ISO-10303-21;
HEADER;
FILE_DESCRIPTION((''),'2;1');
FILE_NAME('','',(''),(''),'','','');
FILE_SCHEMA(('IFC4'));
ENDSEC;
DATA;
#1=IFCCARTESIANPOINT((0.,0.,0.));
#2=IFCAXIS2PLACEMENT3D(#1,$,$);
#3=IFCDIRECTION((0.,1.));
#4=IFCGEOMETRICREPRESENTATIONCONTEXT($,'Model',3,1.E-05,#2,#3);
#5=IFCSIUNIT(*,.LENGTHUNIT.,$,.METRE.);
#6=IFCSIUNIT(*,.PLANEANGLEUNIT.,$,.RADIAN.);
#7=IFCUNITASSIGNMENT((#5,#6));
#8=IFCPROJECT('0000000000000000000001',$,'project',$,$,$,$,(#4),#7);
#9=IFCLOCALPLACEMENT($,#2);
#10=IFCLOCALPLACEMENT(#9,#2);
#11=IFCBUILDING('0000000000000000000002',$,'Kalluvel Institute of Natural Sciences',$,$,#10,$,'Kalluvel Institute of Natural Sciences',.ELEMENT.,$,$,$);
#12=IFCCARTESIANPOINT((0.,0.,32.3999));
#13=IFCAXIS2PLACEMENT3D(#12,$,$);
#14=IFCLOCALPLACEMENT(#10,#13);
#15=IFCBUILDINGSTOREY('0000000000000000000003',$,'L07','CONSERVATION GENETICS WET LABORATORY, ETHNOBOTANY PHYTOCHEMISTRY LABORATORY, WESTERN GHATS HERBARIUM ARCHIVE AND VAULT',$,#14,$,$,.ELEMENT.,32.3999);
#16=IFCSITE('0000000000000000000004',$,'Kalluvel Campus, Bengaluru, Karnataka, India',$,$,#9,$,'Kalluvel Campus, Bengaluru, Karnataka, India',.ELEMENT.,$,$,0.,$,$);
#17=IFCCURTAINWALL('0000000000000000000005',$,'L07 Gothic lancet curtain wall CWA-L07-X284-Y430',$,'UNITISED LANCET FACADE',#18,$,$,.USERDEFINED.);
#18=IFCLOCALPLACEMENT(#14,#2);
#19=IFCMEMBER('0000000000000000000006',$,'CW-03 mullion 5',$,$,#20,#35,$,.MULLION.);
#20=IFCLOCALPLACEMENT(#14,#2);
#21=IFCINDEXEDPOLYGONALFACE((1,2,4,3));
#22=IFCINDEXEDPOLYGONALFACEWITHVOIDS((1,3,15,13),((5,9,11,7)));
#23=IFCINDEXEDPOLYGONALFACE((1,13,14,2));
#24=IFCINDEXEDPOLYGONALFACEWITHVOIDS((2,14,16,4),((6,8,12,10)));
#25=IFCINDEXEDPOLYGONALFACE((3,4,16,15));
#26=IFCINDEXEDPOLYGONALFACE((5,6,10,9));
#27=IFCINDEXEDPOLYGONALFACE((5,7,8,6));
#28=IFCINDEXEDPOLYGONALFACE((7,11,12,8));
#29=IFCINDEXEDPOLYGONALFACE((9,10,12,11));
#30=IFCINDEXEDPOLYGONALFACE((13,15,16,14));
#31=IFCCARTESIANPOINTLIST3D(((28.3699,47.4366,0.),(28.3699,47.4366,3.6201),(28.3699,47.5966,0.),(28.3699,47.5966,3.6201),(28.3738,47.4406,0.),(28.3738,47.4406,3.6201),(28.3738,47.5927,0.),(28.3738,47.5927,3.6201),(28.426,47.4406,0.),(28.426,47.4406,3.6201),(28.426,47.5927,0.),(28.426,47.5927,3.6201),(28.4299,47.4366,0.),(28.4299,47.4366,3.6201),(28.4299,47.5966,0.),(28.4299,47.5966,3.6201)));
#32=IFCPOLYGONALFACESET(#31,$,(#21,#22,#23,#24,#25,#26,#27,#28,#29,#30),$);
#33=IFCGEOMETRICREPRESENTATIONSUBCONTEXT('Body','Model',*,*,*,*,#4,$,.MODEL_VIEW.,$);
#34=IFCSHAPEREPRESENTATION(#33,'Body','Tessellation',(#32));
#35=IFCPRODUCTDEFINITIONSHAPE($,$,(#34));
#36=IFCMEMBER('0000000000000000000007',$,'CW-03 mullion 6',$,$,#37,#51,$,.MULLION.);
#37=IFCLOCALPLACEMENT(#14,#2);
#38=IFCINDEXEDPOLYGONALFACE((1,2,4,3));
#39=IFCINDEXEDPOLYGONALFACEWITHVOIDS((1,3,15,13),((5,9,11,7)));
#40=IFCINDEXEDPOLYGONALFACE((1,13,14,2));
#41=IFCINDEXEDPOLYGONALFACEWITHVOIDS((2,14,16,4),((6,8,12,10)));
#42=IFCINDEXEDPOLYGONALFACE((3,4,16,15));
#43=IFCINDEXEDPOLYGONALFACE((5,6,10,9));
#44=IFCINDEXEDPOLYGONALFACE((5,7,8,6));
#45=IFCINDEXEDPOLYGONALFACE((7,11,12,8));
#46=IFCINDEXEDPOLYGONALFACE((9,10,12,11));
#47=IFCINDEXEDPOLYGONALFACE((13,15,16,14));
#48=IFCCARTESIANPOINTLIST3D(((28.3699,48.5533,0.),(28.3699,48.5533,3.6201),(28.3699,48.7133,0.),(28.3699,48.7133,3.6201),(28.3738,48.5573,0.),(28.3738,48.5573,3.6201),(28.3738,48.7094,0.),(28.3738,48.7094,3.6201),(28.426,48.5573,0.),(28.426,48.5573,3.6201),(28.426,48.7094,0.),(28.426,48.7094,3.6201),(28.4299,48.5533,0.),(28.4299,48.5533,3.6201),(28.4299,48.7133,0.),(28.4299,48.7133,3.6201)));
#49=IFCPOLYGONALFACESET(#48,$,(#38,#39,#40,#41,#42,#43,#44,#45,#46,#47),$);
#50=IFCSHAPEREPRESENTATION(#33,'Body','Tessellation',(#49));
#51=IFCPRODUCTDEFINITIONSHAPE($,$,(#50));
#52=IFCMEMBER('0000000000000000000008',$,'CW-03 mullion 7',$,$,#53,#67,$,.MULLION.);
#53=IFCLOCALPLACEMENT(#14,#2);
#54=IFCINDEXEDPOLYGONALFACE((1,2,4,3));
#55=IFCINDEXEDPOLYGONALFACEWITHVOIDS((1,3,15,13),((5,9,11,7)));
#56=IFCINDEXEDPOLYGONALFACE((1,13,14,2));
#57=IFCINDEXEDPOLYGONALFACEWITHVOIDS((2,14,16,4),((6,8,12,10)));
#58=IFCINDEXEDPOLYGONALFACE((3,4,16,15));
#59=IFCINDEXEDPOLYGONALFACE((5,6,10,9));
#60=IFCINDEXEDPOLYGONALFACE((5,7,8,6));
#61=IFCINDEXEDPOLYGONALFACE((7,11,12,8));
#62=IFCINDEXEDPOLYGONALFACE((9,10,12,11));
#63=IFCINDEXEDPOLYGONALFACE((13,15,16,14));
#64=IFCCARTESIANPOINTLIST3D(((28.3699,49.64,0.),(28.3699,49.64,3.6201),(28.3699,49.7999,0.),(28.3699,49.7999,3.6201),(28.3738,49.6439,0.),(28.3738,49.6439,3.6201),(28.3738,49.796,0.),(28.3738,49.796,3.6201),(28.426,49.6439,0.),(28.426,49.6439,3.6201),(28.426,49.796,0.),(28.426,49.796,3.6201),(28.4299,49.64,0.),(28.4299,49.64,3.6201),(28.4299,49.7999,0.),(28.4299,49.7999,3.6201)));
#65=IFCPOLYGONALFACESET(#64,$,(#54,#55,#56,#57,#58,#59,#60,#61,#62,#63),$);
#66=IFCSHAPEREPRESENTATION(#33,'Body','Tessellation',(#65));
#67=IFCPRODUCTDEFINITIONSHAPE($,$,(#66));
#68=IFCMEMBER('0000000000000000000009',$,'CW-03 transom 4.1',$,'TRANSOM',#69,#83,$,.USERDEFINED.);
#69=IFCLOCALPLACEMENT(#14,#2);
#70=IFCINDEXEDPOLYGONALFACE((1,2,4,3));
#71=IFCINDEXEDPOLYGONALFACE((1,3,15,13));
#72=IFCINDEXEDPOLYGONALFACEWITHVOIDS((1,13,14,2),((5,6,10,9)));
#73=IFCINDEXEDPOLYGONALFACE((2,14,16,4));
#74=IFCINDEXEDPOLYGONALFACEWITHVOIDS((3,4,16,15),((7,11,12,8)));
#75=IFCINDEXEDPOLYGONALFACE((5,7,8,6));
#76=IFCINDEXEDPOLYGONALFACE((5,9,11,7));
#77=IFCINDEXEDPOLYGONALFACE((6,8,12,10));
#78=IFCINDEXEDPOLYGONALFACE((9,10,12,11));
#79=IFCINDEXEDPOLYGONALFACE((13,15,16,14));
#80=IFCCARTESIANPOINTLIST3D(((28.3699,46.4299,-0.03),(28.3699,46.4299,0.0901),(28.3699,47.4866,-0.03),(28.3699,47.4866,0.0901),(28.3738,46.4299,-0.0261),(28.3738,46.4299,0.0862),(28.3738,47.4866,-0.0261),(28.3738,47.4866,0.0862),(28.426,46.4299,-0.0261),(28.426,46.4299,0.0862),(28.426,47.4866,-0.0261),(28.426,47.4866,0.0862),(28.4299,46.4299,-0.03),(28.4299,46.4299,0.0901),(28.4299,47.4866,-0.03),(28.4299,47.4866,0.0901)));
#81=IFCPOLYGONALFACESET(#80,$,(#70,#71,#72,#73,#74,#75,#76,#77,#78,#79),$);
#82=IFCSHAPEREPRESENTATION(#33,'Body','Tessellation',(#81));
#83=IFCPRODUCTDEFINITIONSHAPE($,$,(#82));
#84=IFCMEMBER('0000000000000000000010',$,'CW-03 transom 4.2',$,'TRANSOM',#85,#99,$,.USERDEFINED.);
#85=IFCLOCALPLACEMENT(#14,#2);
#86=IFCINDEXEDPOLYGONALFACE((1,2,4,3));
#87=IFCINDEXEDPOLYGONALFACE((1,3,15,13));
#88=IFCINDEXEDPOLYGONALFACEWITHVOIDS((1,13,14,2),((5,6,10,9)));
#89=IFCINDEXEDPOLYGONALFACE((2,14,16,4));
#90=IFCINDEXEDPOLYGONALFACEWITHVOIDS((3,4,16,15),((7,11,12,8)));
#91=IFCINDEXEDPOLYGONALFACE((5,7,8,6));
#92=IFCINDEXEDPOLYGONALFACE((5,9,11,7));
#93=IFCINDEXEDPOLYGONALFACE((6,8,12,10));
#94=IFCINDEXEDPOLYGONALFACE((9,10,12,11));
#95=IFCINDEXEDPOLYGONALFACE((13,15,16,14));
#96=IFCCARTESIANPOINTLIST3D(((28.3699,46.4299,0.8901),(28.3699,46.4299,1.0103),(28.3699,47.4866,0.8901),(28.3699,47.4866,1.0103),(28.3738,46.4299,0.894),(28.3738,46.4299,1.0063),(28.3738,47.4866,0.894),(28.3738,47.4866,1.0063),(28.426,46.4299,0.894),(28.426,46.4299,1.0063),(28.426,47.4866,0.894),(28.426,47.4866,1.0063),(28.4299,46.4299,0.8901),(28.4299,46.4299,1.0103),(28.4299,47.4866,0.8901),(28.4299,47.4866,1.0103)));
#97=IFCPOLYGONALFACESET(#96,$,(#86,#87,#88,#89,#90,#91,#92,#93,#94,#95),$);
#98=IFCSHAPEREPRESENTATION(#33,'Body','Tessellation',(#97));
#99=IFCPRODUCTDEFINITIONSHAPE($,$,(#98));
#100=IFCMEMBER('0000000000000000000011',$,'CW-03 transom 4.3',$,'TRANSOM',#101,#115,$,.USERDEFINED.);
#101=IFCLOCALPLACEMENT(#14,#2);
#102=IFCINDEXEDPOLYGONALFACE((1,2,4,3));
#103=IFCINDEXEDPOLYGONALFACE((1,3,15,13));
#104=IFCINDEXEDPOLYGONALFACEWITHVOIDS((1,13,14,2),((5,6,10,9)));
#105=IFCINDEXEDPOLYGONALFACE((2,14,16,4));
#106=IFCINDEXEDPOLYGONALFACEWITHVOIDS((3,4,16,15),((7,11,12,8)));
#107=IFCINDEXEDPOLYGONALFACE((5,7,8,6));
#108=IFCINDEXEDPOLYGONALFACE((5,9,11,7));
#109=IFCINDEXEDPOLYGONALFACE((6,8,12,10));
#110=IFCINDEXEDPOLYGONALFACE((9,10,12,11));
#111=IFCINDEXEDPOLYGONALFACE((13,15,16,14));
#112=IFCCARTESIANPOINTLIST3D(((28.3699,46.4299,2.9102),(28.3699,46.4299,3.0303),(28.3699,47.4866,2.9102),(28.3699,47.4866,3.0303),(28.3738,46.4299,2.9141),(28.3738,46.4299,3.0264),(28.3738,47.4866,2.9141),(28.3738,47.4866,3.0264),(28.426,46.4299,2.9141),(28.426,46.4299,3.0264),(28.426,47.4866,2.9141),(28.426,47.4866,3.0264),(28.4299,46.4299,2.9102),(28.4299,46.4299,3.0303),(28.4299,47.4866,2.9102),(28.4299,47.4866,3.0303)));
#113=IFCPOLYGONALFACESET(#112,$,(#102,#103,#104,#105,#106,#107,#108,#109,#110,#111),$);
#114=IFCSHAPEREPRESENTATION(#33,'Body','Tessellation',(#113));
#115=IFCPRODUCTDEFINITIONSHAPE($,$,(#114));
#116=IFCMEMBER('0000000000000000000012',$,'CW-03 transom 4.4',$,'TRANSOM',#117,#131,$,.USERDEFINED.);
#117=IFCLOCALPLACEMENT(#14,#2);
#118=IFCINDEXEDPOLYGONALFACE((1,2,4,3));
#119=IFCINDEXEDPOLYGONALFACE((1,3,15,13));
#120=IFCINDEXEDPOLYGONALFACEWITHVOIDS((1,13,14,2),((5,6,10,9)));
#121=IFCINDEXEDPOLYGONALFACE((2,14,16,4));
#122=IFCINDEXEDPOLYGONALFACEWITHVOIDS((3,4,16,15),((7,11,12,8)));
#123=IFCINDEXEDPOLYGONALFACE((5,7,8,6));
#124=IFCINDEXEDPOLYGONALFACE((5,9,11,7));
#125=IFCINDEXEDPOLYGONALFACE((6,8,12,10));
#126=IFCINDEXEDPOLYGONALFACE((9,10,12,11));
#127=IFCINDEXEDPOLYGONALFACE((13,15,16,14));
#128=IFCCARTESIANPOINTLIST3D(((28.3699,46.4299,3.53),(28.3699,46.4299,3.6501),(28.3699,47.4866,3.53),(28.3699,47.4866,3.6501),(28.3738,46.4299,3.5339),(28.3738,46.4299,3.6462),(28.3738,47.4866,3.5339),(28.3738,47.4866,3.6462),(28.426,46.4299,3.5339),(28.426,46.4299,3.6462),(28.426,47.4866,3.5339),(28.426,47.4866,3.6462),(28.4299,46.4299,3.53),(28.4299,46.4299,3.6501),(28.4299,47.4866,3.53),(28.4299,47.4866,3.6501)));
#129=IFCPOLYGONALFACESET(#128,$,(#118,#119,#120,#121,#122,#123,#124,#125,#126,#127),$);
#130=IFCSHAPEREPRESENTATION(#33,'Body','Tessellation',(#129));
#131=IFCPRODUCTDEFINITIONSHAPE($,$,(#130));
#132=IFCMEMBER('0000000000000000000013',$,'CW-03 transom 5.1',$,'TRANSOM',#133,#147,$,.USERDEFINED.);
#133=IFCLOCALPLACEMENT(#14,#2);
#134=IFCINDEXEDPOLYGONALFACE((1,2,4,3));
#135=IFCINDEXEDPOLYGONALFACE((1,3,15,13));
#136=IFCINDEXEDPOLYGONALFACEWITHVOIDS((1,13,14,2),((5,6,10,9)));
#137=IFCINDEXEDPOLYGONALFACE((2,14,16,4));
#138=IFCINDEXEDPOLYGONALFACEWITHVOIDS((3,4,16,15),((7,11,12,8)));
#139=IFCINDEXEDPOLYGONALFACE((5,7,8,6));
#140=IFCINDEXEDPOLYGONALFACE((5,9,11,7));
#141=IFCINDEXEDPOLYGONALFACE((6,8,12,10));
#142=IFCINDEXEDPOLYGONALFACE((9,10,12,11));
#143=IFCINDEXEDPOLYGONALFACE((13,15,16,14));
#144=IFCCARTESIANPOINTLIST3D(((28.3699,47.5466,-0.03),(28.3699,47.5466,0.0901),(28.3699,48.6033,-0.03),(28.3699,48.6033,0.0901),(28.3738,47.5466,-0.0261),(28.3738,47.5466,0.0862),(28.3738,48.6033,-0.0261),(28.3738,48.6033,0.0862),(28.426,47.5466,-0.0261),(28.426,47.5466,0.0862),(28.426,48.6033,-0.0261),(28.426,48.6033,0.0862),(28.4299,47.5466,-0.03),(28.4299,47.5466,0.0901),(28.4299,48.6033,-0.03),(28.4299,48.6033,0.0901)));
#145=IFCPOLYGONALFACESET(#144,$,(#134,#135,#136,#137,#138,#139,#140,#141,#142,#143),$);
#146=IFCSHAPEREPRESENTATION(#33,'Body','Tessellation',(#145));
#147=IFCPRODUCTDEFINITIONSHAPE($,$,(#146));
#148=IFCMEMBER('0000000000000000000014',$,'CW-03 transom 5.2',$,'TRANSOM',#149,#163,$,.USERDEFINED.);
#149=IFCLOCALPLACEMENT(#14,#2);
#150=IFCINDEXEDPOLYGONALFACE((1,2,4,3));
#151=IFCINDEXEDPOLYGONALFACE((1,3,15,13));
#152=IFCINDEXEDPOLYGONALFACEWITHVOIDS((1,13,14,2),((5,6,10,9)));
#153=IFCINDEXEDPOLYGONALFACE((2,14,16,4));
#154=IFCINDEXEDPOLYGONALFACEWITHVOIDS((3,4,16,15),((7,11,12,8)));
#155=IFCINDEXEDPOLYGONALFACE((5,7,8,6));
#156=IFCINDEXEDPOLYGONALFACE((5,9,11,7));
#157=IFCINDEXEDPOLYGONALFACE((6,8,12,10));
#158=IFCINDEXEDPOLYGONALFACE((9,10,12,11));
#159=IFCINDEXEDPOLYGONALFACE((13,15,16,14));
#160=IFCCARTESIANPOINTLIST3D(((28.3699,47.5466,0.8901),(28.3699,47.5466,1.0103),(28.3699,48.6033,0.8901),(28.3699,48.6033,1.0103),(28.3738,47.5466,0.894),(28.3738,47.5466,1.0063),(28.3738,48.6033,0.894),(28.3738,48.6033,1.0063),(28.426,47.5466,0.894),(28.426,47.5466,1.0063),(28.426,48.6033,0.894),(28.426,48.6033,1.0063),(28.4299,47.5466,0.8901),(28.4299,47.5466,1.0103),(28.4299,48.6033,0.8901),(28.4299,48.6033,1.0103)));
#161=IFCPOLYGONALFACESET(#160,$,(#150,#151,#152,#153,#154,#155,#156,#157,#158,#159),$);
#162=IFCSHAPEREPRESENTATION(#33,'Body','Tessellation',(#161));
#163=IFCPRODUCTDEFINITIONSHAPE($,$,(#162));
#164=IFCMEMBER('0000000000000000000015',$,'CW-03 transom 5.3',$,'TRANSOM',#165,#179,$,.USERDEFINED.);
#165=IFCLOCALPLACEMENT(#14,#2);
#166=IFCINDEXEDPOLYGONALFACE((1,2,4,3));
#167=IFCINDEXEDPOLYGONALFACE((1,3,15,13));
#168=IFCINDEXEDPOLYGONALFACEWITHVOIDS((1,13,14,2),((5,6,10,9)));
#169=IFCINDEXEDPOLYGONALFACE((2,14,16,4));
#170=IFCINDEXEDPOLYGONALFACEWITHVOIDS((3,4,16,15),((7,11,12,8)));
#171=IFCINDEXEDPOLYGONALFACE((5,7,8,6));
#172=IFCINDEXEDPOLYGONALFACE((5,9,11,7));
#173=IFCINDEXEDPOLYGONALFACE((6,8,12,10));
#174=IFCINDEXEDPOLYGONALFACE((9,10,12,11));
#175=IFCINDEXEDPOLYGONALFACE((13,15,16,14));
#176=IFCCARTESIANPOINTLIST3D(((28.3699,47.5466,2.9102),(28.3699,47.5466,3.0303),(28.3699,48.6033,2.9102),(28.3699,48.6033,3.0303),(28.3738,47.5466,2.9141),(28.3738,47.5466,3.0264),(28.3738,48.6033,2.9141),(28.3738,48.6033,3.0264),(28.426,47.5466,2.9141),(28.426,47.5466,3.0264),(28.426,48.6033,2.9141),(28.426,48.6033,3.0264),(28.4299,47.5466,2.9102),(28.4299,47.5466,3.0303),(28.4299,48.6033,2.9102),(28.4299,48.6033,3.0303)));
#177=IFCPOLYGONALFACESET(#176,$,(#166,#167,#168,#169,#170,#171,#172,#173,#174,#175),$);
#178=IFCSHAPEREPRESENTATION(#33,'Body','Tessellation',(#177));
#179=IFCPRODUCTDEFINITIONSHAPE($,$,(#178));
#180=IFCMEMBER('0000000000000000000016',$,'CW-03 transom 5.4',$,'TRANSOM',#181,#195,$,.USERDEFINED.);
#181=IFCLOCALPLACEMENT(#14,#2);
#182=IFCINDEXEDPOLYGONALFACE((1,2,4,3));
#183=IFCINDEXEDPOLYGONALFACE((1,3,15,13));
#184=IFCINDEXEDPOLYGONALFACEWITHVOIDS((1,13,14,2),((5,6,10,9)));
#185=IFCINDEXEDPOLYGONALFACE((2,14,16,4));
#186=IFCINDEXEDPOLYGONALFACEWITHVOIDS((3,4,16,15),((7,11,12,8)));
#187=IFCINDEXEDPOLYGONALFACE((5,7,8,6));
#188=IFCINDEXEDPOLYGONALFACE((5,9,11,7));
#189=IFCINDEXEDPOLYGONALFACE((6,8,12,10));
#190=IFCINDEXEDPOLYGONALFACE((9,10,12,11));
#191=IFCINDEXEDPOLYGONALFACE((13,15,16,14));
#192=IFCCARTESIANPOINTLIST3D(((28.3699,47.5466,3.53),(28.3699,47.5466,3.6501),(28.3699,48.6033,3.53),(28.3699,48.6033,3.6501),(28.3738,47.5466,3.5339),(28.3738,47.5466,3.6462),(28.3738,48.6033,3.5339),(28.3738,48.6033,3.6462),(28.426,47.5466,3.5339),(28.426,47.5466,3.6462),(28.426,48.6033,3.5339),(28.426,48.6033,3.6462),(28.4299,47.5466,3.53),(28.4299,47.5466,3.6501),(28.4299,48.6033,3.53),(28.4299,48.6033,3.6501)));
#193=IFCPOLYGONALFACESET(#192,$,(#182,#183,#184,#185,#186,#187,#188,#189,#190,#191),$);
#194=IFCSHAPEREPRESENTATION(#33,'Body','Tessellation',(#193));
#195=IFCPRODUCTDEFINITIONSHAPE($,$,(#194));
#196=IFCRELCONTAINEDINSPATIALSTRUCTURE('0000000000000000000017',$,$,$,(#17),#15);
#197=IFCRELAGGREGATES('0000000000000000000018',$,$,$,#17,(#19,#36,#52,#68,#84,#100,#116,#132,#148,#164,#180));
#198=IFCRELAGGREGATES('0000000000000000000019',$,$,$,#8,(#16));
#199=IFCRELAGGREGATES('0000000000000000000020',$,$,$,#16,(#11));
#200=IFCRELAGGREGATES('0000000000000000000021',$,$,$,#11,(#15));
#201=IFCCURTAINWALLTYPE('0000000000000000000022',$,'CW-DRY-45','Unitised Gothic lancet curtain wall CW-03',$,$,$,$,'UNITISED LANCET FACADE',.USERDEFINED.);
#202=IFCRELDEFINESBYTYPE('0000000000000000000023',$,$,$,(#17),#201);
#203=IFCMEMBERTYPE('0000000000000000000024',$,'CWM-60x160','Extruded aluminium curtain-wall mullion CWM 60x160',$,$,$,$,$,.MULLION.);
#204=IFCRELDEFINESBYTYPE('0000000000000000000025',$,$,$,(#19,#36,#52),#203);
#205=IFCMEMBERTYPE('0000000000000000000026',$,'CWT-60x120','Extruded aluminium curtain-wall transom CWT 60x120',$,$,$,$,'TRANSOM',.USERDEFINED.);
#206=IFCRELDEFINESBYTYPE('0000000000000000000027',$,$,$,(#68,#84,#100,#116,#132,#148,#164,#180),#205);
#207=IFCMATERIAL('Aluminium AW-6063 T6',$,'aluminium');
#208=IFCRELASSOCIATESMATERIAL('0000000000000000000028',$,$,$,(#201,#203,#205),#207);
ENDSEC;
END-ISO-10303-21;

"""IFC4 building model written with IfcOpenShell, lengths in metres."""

from ifc_helpers import new_model, si_unit, direction, frame, origin, origin_2d, place, context, subcontext, project, spatial, hollow_rectangle, extrude, material, material_profile, profile_set, type_object, element, aggregate, save


model = new_model("IFC4")

# Units and contexts
model_context = context("Model", 3, precision=1e-05, world=origin(), true_north=direction((0.0, 1.0)))
body_context = subcontext(model_context, "Body", "Model", "MODEL_VIEW")
ifc_project = project(units=[si_unit("LENGTHUNIT", "METRE"), si_unit("PLANEANGLEUNIT", "RADIAN")], contexts=[model_context])

# Site, building, storey
site_placement = place(None, origin())
site = spatial("IfcSite", under=ifc_project, at=site_placement, Name="Kalluvel Campus, Bengaluru, Karnataka, India", LongName="Kalluvel Campus, Bengaluru, Karnataka, India", CompositionType="ELEMENT", RefElevation=0.0)
building_placement = place(site_placement, origin())
building = spatial("IfcBuilding", under=site, at=building_placement, Name="Kalluvel Institute of Natural Sciences", LongName="Kalluvel Institute of Natural Sciences", CompositionType="ELEMENT")
storey_placement = place(building_placement, frame((0.0, 0.0, 32.3999)))
storey = spatial("IfcBuildingStorey", under=building, at=storey_placement, Name="L07", Description="CONSERVATION GENETICS WET LABORATORY, ETHNOBOTANY PHYTOCHEMISTRY LABORATORY, WESTERN GHATS HERBARIUM ARCHIVE AND VAULT", CompositionType="ELEMENT", Elevation=32.3999)

# Curtain wall, members
ifc_material_1 = material(Name="Aluminium AW-6063 T6", Category="aluminium")
curtain_wall_type = type_object("IfcCurtainWallType", Name="CW-DRY-45", Description="Unitised Gothic lancet curtain wall CW-03", ElementType="UNITISED LANCET FACADE", PredefinedType="USERDEFINED", material=ifc_material_1)
curtain_wall_placement = place(storey_placement, origin())
curtain_wall = element("IfcCurtainWall", 1, at=curtain_wall_placement, inside=storey, type_object=curtain_wall_type, Name="L07 Gothic lancet curtain wall CWA-L07-X284-Y430", ObjectType="UNITISED LANCET FACADE", PredefinedType="USERDEFINED")
ifc_material_profile_1 = material_profile(ifc_material_1, hollow_rectangle(XDim=0.0601, YDim=0.1599, WallThickness=0.0039, at=origin_2d()), Name="CWM 60x160")
ifc_profile_set_1 = profile_set([ifc_material_profile_1], Name="Aluminium AW-6063 T6")
member_type_1 = type_object("IfcMemberType", Name="CWM-60x160", Description="Extruded aluminium curtain-wall mullion CWM 60x160", PredefinedType="MULLION", material=ifc_profile_set_1)
member_1_placement = place(storey_placement, frame((28.3999, 47.5166, 0.0), z_axis=(0.0, 0.0, 1.0), x_axis=(-1.0, 0.0, 0.0)))
member_1 = element("IfcMember", 2, at=member_1_placement, type_object=member_type_1, Name="CW-03 mullion 5", PredefinedType="MULLION", context=body_context, shape_type="SweptSolid", body=[
    extrude(hollow_rectangle(XDim=0.0601, YDim=0.1599, WallThickness=0.0039, at=origin_2d()), origin(), (0.0, 0.0, 1.0), 3.6201),
])
member_2_placement = place(storey_placement, frame((28.3999, 48.6333, 0.0), z_axis=(0.0, 0.0, 1.0), x_axis=(-1.0, 0.0, 0.0)))
member_2 = element("IfcMember", 3, at=member_2_placement, type_object=member_type_1, Name="CW-03 mullion 6", PredefinedType="MULLION", context=body_context, shape_type="SweptSolid", body=[
    extrude(hollow_rectangle(XDim=0.0601, YDim=0.1599, WallThickness=0.0039, at=origin_2d()), origin(), (0.0, 0.0, 1.0), 3.6201),
])
member_3_placement = place(storey_placement, frame((28.3999, 49.72, 0.0), z_axis=(0.0, 0.0, 1.0), x_axis=(-1.0, 0.0, 0.0)))
member_3 = element("IfcMember", 4, at=member_3_placement, type_object=member_type_1, Name="CW-03 mullion 7", PredefinedType="MULLION", context=body_context, shape_type="SweptSolid", body=[
    extrude(hollow_rectangle(XDim=0.0601, YDim=0.1599, WallThickness=0.0039, at=origin_2d()), origin(), (0.0, 0.0, 1.0), 3.6201),
])
ifc_material_profile_2 = material_profile(ifc_material_1, hollow_rectangle(XDim=0.0601, YDim=0.1201, WallThickness=0.0039, at=origin_2d()), Name="CWT 60x120")
ifc_profile_set_2 = profile_set([ifc_material_profile_2], Name="Aluminium AW-6063 T6")
member_type_2 = type_object("IfcMemberType", Name="CWT-60x120", Description="Extruded aluminium curtain-wall transom CWT 60x120", ElementType="TRANSOM", PredefinedType="USERDEFINED", material=ifc_profile_set_2)
member_4_placement = place(storey_placement, frame((28.3999, 46.4299, 0.03), z_axis=(0.0, 1.0, 0.0), x_axis=(-1.0, 0.0, 0.0)))
member_4 = element("IfcMember", 5, at=member_4_placement, type_object=member_type_2, Name="CW-03 transom 4.1", ObjectType="TRANSOM", PredefinedType="USERDEFINED", context=body_context, shape_type="SweptSolid", body=[
    extrude(hollow_rectangle(XDim=0.0601, YDim=0.1201, WallThickness=0.0039, at=origin_2d()), origin(), (0.0, 0.0, 1.0), 1.0566),
])
member_5_placement = place(storey_placement, frame((28.3999, 46.4299, 0.9502), z_axis=(0.0, 1.0, 0.0), x_axis=(-1.0, 0.0, 0.0)))
member_5 = element("IfcMember", 6, at=member_5_placement, type_object=member_type_2, Name="CW-03 transom 4.2", ObjectType="TRANSOM", PredefinedType="USERDEFINED", context=body_context, shape_type="SweptSolid", body=[
    extrude(hollow_rectangle(XDim=0.0601, YDim=0.1201, WallThickness=0.0039, at=origin_2d()), origin(), (0.0, 0.0, 1.0), 1.0566),
])
member_6_placement = place(storey_placement, frame((28.3999, 46.4299, 2.9702), z_axis=(0.0, 1.0, 0.0), x_axis=(-1.0, 0.0, 0.0)))
member_6 = element("IfcMember", 7, at=member_6_placement, type_object=member_type_2, Name="CW-03 transom 4.3", ObjectType="TRANSOM", PredefinedType="USERDEFINED", context=body_context, shape_type="SweptSolid", body=[
    extrude(hollow_rectangle(XDim=0.0601, YDim=0.1201, WallThickness=0.0039, at=origin_2d()), origin(), (0.0, 0.0, 1.0), 1.0566),
])
member_7_placement = place(storey_placement, frame((28.3999, 46.4299, 3.5901), z_axis=(0.0, 1.0, 0.0), x_axis=(-1.0, 0.0, 0.0)))
member_7 = element("IfcMember", 8, at=member_7_placement, type_object=member_type_2, Name="CW-03 transom 4.4", ObjectType="TRANSOM", PredefinedType="USERDEFINED", context=body_context, shape_type="SweptSolid", body=[
    extrude(hollow_rectangle(XDim=0.0601, YDim=0.1201, WallThickness=0.0039, at=origin_2d()), origin(), (0.0, 0.0, 1.0), 1.0566),
])
member_8_placement = place(storey_placement, frame((28.3999, 47.5466, 0.03), z_axis=(0.0, 1.0, 0.0), x_axis=(-1.0, 0.0, 0.0)))
member_8 = element("IfcMember", 9, at=member_8_placement, type_object=member_type_2, Name="CW-03 transom 5.1", ObjectType="TRANSOM", PredefinedType="USERDEFINED", context=body_context, shape_type="SweptSolid", body=[
    extrude(hollow_rectangle(XDim=0.0601, YDim=0.1201, WallThickness=0.0039, at=origin_2d()), origin(), (0.0, 0.0, 1.0), 1.0566),
])
member_9_placement = place(storey_placement, frame((28.3999, 47.5466, 0.9502), z_axis=(0.0, 1.0, 0.0), x_axis=(-1.0, 0.0, 0.0)))
member_9 = element("IfcMember", 10, at=member_9_placement, type_object=member_type_2, Name="CW-03 transom 5.2", ObjectType="TRANSOM", PredefinedType="USERDEFINED", context=body_context, shape_type="SweptSolid", body=[
    extrude(hollow_rectangle(XDim=0.0601, YDim=0.1201, WallThickness=0.0039, at=origin_2d()), origin(), (0.0, 0.0, 1.0), 1.0566),
])
member_10_placement = place(storey_placement, frame((28.3999, 47.5466, 2.9702), z_axis=(0.0, 1.0, 0.0), x_axis=(-1.0, 0.0, 0.0)))
member_10 = element("IfcMember", 11, at=member_10_placement, type_object=member_type_2, Name="CW-03 transom 5.3", ObjectType="TRANSOM", PredefinedType="USERDEFINED", context=body_context, shape_type="SweptSolid", body=[
    extrude(hollow_rectangle(XDim=0.0601, YDim=0.1201, WallThickness=0.0039, at=origin_2d()), origin(), (0.0, 0.0, 1.0), 1.0566),
])
member_11_placement = place(storey_placement, frame((28.3999, 47.5466, 3.5901), z_axis=(0.0, 1.0, 0.0), x_axis=(-1.0, 0.0, 0.0)))
member_11 = element("IfcMember", 12, at=member_11_placement, type_object=member_type_2, Name="CW-03 transom 5.4", ObjectType="TRANSOM", PredefinedType="USERDEFINED", context=body_context, shape_type="SweptSolid", body=[
    extrude(hollow_rectangle(XDim=0.0601, YDim=0.1201, WallThickness=0.0039, at=origin_2d()), origin(), (0.0, 0.0, 1.0), 1.0566),
])

aggregate(curtain_wall, [member_1, member_2, member_3, member_4, member_5, member_6, member_7, member_8, member_9, member_10, member_11])

save(model, "model.ifc")
